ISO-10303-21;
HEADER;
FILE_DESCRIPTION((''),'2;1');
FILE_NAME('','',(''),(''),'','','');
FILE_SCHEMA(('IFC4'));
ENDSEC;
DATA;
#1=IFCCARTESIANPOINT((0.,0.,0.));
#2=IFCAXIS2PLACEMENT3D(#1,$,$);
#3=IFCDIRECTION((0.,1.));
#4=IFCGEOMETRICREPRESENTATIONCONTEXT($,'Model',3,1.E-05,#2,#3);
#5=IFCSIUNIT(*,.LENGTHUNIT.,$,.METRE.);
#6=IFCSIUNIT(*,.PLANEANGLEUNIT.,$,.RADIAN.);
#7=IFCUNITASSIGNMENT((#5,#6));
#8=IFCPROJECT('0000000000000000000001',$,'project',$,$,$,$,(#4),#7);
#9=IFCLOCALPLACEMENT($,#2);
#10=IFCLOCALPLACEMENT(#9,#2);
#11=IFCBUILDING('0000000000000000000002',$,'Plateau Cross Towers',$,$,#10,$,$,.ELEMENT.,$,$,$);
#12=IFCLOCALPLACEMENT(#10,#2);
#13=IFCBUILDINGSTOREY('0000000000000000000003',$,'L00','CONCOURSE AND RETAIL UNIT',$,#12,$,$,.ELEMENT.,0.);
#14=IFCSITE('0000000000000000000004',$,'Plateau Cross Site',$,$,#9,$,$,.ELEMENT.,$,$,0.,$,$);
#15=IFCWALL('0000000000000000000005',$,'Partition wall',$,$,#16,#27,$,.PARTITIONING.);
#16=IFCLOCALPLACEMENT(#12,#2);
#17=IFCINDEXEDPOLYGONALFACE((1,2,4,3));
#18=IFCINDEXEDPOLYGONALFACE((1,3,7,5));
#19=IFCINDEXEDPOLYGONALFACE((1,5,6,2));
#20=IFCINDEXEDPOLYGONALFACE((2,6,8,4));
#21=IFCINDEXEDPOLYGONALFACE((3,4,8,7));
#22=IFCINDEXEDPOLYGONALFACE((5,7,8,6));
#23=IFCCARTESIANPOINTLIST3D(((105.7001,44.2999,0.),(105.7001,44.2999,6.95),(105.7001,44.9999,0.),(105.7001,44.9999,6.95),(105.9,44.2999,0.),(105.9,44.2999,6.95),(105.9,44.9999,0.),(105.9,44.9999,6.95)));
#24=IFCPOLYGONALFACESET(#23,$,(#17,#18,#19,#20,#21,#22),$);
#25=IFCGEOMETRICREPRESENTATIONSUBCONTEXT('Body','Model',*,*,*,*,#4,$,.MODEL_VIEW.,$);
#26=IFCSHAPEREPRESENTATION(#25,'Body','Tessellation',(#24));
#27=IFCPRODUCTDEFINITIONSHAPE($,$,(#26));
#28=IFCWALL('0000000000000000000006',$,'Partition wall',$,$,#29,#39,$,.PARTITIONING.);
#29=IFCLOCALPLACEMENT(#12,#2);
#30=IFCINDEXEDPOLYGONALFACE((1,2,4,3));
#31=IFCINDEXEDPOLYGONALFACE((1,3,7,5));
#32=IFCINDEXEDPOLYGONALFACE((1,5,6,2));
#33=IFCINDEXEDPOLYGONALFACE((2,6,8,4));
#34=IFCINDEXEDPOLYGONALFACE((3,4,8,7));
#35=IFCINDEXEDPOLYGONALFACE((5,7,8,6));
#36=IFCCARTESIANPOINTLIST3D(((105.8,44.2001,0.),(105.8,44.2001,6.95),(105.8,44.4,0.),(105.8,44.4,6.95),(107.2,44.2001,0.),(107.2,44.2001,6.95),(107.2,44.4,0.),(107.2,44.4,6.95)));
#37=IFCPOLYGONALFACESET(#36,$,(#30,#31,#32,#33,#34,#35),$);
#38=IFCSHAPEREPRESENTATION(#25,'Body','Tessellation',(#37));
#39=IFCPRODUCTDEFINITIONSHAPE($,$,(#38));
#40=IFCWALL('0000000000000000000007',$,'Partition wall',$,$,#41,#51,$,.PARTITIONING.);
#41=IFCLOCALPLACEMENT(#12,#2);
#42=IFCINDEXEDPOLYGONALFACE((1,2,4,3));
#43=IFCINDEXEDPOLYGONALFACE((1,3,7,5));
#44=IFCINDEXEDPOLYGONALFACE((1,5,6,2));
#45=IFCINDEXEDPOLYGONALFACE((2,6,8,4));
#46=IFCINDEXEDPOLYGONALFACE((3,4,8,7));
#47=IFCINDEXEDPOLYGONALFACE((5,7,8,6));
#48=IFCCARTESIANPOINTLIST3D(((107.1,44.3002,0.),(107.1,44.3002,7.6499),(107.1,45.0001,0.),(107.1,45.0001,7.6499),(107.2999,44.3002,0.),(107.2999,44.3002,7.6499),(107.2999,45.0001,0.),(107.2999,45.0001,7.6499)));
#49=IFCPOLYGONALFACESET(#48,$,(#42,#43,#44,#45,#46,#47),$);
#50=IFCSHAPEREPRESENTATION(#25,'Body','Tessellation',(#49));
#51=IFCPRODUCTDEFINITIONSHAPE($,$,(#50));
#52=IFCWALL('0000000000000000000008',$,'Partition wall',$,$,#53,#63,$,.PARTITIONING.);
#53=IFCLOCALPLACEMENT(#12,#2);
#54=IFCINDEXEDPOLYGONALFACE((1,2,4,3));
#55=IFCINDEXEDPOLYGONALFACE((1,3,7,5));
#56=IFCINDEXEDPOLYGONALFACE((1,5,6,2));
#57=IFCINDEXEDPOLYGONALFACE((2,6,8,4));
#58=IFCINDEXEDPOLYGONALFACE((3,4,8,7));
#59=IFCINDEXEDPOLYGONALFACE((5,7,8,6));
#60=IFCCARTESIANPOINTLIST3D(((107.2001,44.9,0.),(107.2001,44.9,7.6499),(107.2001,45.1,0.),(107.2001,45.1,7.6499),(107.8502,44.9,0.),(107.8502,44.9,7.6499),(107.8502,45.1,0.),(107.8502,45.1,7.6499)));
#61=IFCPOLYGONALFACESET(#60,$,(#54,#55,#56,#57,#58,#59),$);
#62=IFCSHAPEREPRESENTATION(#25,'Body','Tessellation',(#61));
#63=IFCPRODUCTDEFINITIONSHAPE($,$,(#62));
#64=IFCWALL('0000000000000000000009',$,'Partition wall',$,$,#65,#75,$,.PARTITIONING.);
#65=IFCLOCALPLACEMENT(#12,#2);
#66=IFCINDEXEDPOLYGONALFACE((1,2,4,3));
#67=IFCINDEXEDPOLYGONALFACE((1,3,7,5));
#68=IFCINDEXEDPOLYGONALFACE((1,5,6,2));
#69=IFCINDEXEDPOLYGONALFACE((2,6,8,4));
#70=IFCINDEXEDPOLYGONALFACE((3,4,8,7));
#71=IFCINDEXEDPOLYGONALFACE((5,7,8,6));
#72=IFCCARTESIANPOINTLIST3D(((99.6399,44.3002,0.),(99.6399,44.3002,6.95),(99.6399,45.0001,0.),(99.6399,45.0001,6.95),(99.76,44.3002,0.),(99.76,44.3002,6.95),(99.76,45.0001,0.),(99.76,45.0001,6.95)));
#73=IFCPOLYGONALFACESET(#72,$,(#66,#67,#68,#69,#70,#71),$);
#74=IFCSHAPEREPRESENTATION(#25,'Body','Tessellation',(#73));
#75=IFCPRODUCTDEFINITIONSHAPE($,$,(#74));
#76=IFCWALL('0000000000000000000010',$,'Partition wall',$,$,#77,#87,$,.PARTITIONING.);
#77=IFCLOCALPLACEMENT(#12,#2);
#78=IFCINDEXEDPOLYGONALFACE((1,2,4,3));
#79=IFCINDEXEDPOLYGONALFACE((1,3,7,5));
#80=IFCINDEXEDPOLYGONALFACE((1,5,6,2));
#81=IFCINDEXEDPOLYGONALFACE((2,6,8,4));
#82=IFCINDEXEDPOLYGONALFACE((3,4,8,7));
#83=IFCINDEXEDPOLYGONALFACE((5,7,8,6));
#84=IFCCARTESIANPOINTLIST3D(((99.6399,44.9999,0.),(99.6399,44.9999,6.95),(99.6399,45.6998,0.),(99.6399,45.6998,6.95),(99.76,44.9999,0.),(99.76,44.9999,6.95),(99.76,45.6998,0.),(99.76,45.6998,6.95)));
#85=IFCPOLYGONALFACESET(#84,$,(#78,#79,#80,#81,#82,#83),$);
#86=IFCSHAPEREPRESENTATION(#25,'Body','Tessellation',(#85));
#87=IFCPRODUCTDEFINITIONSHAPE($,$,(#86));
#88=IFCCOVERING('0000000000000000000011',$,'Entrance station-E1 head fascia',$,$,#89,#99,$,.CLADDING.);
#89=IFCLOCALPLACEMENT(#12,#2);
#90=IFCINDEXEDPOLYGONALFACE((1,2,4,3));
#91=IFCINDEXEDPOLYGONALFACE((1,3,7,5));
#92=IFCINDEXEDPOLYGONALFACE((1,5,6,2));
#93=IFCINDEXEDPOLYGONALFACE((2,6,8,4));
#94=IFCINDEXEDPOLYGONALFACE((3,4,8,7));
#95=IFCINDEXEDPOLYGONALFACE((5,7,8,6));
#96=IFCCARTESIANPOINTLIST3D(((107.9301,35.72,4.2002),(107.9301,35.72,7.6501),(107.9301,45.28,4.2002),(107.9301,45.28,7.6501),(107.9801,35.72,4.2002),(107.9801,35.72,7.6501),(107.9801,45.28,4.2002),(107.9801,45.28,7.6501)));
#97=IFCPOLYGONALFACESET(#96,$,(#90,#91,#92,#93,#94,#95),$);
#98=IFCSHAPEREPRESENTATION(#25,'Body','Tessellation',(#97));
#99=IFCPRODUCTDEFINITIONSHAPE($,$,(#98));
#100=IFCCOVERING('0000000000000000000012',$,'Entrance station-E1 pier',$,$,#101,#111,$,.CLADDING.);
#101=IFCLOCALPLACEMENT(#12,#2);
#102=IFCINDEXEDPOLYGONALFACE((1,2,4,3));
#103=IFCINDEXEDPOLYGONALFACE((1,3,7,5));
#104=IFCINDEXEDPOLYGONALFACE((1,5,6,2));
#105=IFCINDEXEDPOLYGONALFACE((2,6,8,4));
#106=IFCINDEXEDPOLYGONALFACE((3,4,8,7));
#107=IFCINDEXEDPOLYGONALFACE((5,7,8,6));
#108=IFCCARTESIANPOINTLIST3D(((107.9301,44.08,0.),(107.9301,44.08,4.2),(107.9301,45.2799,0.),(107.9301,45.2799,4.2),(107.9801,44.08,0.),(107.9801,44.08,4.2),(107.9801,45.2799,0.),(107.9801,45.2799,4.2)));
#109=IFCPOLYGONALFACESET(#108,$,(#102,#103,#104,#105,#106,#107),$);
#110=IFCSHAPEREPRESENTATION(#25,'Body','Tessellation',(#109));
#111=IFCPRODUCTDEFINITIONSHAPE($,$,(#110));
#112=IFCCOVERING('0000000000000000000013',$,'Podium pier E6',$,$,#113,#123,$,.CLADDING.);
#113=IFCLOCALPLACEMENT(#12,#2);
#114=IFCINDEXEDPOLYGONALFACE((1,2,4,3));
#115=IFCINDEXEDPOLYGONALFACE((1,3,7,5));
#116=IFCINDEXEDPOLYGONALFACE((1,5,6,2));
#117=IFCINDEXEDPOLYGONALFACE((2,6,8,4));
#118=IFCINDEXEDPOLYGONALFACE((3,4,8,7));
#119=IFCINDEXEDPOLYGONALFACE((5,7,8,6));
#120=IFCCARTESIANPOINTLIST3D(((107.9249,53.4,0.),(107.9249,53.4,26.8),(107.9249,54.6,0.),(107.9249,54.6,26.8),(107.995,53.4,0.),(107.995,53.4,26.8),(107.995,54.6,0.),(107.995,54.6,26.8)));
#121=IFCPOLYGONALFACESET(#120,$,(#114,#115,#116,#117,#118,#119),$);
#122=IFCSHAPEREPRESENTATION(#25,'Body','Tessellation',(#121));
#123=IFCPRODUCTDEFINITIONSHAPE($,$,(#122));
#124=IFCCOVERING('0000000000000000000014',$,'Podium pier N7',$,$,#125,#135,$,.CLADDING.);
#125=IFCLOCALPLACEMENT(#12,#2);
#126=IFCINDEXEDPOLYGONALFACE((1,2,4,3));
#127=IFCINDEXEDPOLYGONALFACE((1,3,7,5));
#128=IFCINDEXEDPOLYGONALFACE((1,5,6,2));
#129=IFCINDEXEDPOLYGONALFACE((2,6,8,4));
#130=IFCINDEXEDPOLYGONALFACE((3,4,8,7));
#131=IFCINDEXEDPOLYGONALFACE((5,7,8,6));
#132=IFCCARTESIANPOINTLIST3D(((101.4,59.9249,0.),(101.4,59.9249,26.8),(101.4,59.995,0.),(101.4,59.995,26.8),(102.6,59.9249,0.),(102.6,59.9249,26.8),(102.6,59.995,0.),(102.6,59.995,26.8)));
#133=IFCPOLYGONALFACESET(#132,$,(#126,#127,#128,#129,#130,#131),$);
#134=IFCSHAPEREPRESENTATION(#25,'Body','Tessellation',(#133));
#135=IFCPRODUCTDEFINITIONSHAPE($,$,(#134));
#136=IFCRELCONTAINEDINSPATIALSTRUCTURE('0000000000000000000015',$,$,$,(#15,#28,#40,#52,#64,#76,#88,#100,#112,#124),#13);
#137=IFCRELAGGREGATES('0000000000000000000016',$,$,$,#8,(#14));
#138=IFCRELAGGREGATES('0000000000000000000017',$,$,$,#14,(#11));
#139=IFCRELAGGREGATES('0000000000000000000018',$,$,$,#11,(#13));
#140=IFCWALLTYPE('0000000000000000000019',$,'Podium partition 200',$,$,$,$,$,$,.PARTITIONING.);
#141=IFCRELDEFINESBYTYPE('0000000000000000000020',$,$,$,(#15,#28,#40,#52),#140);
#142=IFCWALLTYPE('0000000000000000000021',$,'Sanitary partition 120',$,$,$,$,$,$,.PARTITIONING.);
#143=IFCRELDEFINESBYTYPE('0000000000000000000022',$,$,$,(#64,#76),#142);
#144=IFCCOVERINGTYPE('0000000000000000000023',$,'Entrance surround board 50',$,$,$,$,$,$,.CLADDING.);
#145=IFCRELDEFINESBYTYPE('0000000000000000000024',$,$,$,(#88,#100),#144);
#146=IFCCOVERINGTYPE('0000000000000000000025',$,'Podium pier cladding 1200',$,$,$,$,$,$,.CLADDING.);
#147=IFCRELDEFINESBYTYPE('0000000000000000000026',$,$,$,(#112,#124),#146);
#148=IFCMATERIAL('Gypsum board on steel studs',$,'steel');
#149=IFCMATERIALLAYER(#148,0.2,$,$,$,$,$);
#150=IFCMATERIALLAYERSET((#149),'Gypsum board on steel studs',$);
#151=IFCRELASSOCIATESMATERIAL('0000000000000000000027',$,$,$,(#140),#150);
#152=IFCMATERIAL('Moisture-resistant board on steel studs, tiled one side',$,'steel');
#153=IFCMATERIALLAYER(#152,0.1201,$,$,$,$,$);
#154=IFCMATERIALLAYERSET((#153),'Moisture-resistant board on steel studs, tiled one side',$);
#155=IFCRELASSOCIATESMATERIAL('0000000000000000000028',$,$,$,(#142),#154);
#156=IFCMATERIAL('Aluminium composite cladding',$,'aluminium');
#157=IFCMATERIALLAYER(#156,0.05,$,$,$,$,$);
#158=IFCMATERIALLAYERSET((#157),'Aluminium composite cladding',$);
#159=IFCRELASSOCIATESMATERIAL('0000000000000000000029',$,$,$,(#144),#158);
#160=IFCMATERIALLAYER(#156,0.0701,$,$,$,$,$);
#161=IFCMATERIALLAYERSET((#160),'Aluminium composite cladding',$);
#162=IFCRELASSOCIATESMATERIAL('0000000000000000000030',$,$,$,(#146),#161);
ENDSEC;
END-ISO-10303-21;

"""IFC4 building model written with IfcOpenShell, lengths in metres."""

from ifc_helpers import new_model, si_unit, direction, frame, frame_2d, origin, origin_2d, place, context, subcontext, project, spatial, rectangle, extrude, material, layer, layer_set, type_object, element, save


model = new_model("IFC4")

# Units and contexts
model_context = context("Model", 3, precision=1e-05, world=origin(), true_north=direction((0.0, 1.0)))
body_context = subcontext(model_context, "Body", "Model", "MODEL_VIEW")
ifc_project = project(units=[si_unit("LENGTHUNIT", "METRE"), si_unit("PLANEANGLEUNIT", "RADIAN")], contexts=[model_context])

# Site, building, storey
site_placement = place(None, origin())
site = spatial("IfcSite", under=ifc_project, at=site_placement, Name="Plateau Cross Site", CompositionType="ELEMENT", RefElevation=0.0)
building_placement = place(site_placement, origin())
building = spatial("IfcBuilding", under=site, at=building_placement, Name="Plateau Cross Towers", CompositionType="ELEMENT")
storey_placement = place(building_placement, origin())
storey = spatial("IfcBuildingStorey", under=building, at=storey_placement, Name="L00", Description="CONCOURSE AND RETAIL UNIT", CompositionType="ELEMENT", Elevation=0.0)

# Shared definitions
ifc_material_1 = material(Name="Gypsum board on steel studs", Category="steel")
ifc_layer_1 = layer(ifc_material_1, 0.2)
ifc_layer_set_1 = layer_set([ifc_layer_1], Name="Gypsum board on steel studs")
wall_type_1 = type_object("IfcWallType", Name="Podium partition 200", PredefinedType="PARTITIONING", material=ifc_layer_set_1)

# Walls
wall_1_placement = place(storey_placement, frame((105.8, 45.0, 0.0), z_axis=(0.0, 0.0, 1.0), x_axis=(0.0, -1.0, 0.0)))
element("IfcWall", 1, at=wall_1_placement, inside=storey, type_object=wall_type_1, Name="Partition wall", PredefinedType="PARTITIONING", context=body_context, shape_type="SweptSolid", body=[
    extrude(rectangle(XDim=0.7, YDim=0.2, at=frame_2d((0.3501, 0.0))), origin(), (0.0, 0.0, 1.0), 6.95),
])
wall_2_placement = place(storey_placement, frame((105.8, 44.3, 0.0), z_axis=(0.0, 0.0, 1.0), x_axis=(1.0, 0.0, 0.0)))
element("IfcWall", 2, at=wall_2_placement, inside=storey, type_object=wall_type_1, Name="Partition wall", PredefinedType="PARTITIONING", context=body_context, shape_type="SweptSolid", body=[
    extrude(rectangle(XDim=1.3999, YDim=0.2, at=frame_2d((0.7, 0.0))), origin(), (0.0, 0.0, 1.0), 6.95),
])
wall_3_placement = place(storey_placement, frame((107.2, 44.3, 0.0), z_axis=(0.0, 0.0, 1.0), x_axis=(0.0, 1.0, 0.0)))
element("IfcWall", 3, at=wall_3_placement, inside=storey, type_object=wall_type_1, Name="Partition wall", PredefinedType="PARTITIONING", context=body_context, shape_type="SweptSolid", body=[
    extrude(rectangle(XDim=0.7, YDim=0.2, at=frame_2d((0.3501, 0.0))), origin(), (0.0, 0.0, 1.0), 7.6499),
])
wall_4_placement = place(storey_placement, frame((107.2, 45.0, 0.0), z_axis=(0.0, 0.0, 1.0), x_axis=(1.0, 0.0, 0.0)))
element("IfcWall", 4, at=wall_4_placement, inside=storey, type_object=wall_type_1, Name="Partition wall", PredefinedType="PARTITIONING", context=body_context, shape_type="SweptSolid", body=[
    extrude(rectangle(XDim=0.6501, YDim=0.2, at=frame_2d((0.3252, 0.0))), origin(), (0.0, 0.0, 1.0), 7.6499),
])
ifc_material_2 = material(Name="Moisture-resistant board on steel studs, tiled one side", Category="steel")
ifc_layer_2 = layer(ifc_material_2, 0.1201)
ifc_layer_set_2 = layer_set([ifc_layer_2], Name="Moisture-resistant board on steel studs, tiled one side")
wall_type_2 = type_object("IfcWallType", Name="Sanitary partition 120", PredefinedType="PARTITIONING", material=ifc_layer_set_2)
for number, where, z_axis, x_axis, name in (
    (5, (99.7, 44.3, 0.0), (0.0, 0.0, 1.0), (0.0, 1.0, 0.0), "Partition wall"),
    (6, (99.7, 45.7, 0.0), (0.0, 0.0, 1.0), (0.0, -1.0, 0.0), "Partition wall"),
):
    element("IfcWall", number, at=place(storey_placement, frame(where, z_axis=z_axis, x_axis=x_axis)), inside=storey, type_object=wall_type_2, Name=name, PredefinedType="PARTITIONING", context=body_context, shape_type="SweptSolid", body=[
        extrude(rectangle(XDim=0.7, YDim=0.1201, at=frame_2d((0.3501, 0.0))), origin(), (0.0, 0.0, 1.0), 6.95),
    ])

# Coverings
ifc_material_3 = material(Name="Aluminium composite cladding", Category="aluminium")
ifc_layer_3 = layer(ifc_material_3, 0.05)
ifc_layer_set_3 = layer_set([ifc_layer_3], Name="Aluminium composite cladding")
covering_type_1 = type_object("IfcCoveringType", Name="Entrance surround board 50", PredefinedType="CLADDING", material=ifc_layer_set_3)
covering_1_placement = place(storey_placement, frame((107.9551, 40.5, 4.2002), z_axis=(0.0, 0.0, 1.0), x_axis=(0.0, 1.0, 0.0)))
element("IfcCovering", 7, at=covering_1_placement, inside=storey, type_object=covering_type_1, Name="Entrance station-E1 head fascia", PredefinedType="CLADDING", context=body_context, shape_type="SweptSolid", body=[
    extrude(rectangle(XDim=9.5601, YDim=0.05, at=origin_2d()), origin(), (0.0, 0.0, 1.0), 3.45),
])
covering_2_placement = place(storey_placement, frame((107.9551, 44.6799, 0.0), z_axis=(0.0, 0.0, 1.0), x_axis=(0.0, 1.0, 0.0)))
element("IfcCovering", 8, at=covering_2_placement, inside=storey, type_object=covering_type_1, Name="Entrance station-E1 pier", PredefinedType="CLADDING", context=body_context, shape_type="SweptSolid", body=[
    extrude(rectangle(XDim=1.2, YDim=0.05, at=origin_2d()), origin(), (0.0, 0.0, 1.0), 4.2),
])
ifc_layer_4 = layer(ifc_material_3, 0.0701)
ifc_layer_set_4 = layer_set([ifc_layer_4], Name="Aluminium composite cladding")
covering_type_2 = type_object("IfcCoveringType", Name="Podium pier cladding 1200", PredefinedType="CLADDING", material=ifc_layer_set_4)
for number, where, z_axis, x_axis, name in (
    (9, (107.96, 54.0, 0.0), (0.0, 0.0, 1.0), (0.0, 1.0, 0.0), "Podium pier E6"),
    (10, (102.0, 59.96, 0.0), (0.0, 0.0, 1.0), (-1.0, 0.0, 0.0), "Podium pier N7"),
):
    element("IfcCovering", number, at=place(storey_placement, frame(where, z_axis=z_axis, x_axis=x_axis)), inside=storey, type_object=covering_type_2, Name=name, PredefinedType="CLADDING", context=body_context, shape_type="SweptSolid", body=[
        extrude(rectangle(XDim=1.2, YDim=0.0701, at=origin_2d()), origin(), (0.0, 0.0, 1.0), 26.8),
    ])

save(model, "model.ifc")
